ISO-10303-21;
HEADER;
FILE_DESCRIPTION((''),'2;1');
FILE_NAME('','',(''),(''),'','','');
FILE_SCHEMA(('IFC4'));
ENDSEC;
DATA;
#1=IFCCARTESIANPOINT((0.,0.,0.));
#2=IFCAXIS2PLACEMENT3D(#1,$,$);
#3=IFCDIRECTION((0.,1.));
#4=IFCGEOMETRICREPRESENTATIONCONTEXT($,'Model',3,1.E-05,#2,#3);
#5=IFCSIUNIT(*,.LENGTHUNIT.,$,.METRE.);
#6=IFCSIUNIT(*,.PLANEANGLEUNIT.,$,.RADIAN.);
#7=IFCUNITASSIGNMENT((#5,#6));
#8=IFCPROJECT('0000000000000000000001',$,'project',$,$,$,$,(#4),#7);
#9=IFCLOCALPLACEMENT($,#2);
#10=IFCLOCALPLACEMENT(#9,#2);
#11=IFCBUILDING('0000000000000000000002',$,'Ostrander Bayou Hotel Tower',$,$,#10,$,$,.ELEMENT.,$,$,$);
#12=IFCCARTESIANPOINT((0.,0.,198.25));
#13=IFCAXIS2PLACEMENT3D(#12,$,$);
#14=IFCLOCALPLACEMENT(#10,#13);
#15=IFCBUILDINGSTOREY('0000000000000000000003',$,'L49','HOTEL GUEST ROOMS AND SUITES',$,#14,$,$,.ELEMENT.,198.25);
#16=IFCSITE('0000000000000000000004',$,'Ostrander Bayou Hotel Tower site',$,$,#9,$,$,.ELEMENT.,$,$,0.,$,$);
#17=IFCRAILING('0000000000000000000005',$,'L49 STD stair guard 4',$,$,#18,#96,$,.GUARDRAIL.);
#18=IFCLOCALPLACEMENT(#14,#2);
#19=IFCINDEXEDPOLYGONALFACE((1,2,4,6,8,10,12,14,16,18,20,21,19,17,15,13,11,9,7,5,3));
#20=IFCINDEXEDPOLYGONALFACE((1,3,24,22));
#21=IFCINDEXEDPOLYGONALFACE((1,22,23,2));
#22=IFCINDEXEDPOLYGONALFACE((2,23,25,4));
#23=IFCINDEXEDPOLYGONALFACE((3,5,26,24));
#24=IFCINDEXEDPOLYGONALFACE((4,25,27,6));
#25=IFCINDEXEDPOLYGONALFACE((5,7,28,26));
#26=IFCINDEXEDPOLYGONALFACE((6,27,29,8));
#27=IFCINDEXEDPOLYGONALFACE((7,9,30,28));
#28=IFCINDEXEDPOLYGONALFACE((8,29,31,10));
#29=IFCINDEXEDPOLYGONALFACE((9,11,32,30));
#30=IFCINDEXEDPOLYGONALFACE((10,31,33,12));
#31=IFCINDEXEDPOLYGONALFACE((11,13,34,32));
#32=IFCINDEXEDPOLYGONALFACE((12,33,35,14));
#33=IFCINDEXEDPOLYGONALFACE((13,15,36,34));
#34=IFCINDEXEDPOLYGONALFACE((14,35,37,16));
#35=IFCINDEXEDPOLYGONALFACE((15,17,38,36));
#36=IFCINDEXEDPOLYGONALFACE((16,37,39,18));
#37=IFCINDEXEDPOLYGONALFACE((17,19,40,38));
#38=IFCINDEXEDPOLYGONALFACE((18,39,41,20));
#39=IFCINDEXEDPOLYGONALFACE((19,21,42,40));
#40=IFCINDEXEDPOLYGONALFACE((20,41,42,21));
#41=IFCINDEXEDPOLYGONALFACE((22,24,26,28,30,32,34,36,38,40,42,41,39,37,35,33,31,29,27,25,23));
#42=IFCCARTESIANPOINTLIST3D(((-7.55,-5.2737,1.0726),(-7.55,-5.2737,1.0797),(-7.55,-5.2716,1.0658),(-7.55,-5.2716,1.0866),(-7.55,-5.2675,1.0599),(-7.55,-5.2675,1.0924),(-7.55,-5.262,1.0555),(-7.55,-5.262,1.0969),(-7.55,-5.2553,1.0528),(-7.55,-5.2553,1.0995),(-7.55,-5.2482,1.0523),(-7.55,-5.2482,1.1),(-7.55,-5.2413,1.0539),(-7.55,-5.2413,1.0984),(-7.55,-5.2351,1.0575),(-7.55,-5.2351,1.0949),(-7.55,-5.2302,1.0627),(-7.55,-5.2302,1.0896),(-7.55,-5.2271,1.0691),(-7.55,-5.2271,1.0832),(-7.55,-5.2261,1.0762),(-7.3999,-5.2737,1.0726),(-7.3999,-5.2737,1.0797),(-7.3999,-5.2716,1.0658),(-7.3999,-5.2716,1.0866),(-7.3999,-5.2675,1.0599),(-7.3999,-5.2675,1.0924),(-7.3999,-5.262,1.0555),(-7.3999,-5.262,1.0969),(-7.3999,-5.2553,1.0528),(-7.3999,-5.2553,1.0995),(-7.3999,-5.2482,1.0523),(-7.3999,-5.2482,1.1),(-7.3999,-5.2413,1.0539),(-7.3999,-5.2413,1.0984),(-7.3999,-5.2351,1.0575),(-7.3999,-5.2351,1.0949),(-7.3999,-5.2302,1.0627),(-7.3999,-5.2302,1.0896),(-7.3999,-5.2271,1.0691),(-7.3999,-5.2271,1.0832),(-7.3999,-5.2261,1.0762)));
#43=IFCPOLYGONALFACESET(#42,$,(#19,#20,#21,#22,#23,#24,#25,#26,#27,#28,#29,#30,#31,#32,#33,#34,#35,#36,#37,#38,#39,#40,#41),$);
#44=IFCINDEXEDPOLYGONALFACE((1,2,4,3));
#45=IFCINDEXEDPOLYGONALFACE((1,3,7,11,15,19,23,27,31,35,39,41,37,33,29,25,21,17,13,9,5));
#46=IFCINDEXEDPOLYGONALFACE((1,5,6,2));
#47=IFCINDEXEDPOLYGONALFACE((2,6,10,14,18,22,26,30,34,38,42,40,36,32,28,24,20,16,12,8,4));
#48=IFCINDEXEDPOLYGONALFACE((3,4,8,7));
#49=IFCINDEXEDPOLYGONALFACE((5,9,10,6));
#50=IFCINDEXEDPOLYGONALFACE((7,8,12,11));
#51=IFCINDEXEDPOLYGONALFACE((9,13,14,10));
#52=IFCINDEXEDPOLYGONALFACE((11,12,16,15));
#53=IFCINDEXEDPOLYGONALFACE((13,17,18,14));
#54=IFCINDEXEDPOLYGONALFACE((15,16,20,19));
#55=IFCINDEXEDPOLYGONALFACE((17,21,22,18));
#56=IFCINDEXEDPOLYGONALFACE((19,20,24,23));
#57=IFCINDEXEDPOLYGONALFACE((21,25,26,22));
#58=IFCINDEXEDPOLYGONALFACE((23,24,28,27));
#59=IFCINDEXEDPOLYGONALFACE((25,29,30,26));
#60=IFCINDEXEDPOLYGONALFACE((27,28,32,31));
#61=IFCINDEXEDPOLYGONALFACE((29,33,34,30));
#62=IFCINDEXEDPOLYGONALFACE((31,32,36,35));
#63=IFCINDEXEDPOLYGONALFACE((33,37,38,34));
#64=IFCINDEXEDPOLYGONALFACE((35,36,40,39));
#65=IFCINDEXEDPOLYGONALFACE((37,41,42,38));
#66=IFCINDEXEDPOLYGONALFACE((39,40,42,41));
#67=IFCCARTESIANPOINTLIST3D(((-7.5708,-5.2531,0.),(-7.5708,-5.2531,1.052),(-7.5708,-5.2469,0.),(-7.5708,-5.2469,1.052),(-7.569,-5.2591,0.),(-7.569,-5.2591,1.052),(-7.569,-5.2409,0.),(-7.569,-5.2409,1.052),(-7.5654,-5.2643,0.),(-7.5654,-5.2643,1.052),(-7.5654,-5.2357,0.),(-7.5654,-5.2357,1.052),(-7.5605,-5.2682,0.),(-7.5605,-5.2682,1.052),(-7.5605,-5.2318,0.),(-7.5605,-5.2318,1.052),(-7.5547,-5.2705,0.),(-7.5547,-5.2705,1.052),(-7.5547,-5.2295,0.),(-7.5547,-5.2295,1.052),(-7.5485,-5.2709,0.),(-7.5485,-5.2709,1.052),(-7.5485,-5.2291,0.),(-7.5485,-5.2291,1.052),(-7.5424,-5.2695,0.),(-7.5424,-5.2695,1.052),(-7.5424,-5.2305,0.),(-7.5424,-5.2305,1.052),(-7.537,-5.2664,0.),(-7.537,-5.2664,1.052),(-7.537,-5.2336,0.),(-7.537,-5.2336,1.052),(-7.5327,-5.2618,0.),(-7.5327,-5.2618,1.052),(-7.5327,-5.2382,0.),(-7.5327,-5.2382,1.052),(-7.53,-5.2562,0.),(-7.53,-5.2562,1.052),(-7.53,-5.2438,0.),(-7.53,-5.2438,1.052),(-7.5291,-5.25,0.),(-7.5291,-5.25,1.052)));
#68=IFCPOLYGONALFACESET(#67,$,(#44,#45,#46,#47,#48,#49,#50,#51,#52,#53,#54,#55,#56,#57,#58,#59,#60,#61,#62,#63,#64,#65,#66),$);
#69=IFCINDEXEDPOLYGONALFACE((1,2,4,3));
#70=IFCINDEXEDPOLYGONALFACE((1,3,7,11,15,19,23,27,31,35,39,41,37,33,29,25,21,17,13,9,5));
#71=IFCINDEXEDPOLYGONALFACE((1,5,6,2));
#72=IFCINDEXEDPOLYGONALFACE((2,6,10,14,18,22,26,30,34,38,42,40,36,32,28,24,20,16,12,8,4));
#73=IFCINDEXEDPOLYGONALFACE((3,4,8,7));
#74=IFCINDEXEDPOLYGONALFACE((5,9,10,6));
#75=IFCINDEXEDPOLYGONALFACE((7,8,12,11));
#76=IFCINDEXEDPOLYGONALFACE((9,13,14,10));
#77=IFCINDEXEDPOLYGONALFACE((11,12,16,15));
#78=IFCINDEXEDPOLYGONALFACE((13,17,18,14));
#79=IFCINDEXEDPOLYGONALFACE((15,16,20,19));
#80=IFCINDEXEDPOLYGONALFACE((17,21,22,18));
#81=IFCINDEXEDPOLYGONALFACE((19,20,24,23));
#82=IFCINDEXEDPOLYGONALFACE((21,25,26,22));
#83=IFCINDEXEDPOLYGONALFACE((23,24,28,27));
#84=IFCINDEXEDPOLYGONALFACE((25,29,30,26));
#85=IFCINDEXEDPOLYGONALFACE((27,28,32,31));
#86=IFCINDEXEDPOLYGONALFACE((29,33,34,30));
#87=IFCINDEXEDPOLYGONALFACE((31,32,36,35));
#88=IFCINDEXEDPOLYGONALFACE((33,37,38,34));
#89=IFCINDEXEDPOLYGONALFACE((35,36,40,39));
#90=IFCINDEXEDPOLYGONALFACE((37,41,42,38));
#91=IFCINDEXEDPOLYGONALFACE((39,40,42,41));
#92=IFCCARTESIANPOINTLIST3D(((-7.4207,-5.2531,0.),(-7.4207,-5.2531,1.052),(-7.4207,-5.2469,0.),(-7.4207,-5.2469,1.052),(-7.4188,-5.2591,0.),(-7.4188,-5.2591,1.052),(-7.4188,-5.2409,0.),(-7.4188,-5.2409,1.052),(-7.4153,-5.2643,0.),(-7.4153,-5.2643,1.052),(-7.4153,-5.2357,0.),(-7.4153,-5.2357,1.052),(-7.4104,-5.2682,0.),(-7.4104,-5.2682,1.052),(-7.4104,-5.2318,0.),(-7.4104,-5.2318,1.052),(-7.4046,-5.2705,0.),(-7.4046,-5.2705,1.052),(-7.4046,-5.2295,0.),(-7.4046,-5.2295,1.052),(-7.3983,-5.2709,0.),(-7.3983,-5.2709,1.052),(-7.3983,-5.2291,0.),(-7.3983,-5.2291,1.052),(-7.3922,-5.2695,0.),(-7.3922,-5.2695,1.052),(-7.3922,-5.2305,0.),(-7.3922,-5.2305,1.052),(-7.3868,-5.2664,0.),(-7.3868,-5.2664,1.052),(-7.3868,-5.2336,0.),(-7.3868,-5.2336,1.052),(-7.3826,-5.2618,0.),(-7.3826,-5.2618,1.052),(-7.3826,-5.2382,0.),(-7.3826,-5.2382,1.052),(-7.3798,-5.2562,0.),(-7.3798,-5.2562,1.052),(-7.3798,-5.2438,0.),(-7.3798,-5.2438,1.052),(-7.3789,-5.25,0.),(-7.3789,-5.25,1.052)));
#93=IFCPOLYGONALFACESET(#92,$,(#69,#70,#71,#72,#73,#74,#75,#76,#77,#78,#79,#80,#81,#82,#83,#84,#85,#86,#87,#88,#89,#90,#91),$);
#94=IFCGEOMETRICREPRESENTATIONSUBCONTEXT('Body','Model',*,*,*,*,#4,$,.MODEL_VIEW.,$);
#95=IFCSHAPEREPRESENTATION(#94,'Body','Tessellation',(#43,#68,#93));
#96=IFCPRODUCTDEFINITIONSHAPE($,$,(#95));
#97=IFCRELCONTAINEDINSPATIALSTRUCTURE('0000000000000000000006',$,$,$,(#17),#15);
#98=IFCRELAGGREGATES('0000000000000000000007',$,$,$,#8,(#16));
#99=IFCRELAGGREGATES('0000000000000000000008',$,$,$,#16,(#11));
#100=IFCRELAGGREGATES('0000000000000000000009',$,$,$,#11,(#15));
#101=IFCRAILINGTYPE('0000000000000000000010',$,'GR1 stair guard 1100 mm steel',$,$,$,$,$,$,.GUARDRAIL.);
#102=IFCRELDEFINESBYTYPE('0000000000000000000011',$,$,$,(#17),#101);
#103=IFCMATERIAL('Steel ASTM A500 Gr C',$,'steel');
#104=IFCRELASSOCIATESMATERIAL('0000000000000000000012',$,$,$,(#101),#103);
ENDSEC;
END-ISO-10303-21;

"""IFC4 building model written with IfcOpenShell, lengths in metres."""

from ifc_helpers import new_model, si_unit, direction, frame, origin, origin_2d, place, context, subcontext, project, spatial, circle, extrude, material, type_object, element, save


model = new_model("IFC4")

# Units and contexts
model_context = context("Model", 3, precision=1e-05, world=origin(), true_north=direction((0.0, 1.0)))
body_context = subcontext(model_context, "Body", "Model", "MODEL_VIEW")
ifc_project = project(units=[si_unit("LENGTHUNIT", "METRE"), si_unit("PLANEANGLEUNIT", "RADIAN")], contexts=[model_context])

# Site, building, storey
site_placement = place(None, origin())
site = spatial("IfcSite", under=ifc_project, at=site_placement, Name="Ostrander Bayou Hotel Tower site", CompositionType="ELEMENT", RefElevation=0.0)
building_placement = place(site_placement, origin())
building = spatial("IfcBuilding", under=site, at=building_placement, Name="Ostrander Bayou Hotel Tower", CompositionType="ELEMENT")
storey_placement = place(building_placement, frame((0.0, 0.0, 198.25)))
storey = spatial("IfcBuildingStorey", under=building, at=storey_placement, Name="L49", Description="HOTEL GUEST ROOMS AND SUITES", CompositionType="ELEMENT", Elevation=198.25)

# Railing
ifc_material_1 = material(Name="Steel ASTM A500 Gr C", Category="steel")
railing_type_1 = type_object("IfcRailingType", Name="GR1 stair guard 1100 mm steel", PredefinedType="GUARDRAIL", material=ifc_material_1)
railing_1_placement = place(storey_placement, frame((-7.55, -5.25, 0.0)))
element("IfcRailing", 1, at=railing_1_placement, inside=storey, type_object=railing_type_1, Name="L49 STD stair guard 4", PredefinedType="GUARDRAIL", context=body_context, shape_type="SweptSolid", body=[
    extrude(circle(Radius=0.0239, at=origin_2d()), frame((0.0, 0.0, 1.0762), z_axis=(1.0, 0.0, 0.0), x_axis=(0.0, 1.0, 0.0)), (0.0, 0.0, 1.0), 0.1501),
    extrude(circle(Radius=0.021, at=origin_2d()), origin(), (0.0, 0.0, 1.0), 1.052),
    extrude(circle(Radius=0.021, at=origin_2d()), frame((0.1501, 0.0, 0.0)), (0.0, 0.0, 1.0), 1.052),
])

save(model, "model.ifc")
